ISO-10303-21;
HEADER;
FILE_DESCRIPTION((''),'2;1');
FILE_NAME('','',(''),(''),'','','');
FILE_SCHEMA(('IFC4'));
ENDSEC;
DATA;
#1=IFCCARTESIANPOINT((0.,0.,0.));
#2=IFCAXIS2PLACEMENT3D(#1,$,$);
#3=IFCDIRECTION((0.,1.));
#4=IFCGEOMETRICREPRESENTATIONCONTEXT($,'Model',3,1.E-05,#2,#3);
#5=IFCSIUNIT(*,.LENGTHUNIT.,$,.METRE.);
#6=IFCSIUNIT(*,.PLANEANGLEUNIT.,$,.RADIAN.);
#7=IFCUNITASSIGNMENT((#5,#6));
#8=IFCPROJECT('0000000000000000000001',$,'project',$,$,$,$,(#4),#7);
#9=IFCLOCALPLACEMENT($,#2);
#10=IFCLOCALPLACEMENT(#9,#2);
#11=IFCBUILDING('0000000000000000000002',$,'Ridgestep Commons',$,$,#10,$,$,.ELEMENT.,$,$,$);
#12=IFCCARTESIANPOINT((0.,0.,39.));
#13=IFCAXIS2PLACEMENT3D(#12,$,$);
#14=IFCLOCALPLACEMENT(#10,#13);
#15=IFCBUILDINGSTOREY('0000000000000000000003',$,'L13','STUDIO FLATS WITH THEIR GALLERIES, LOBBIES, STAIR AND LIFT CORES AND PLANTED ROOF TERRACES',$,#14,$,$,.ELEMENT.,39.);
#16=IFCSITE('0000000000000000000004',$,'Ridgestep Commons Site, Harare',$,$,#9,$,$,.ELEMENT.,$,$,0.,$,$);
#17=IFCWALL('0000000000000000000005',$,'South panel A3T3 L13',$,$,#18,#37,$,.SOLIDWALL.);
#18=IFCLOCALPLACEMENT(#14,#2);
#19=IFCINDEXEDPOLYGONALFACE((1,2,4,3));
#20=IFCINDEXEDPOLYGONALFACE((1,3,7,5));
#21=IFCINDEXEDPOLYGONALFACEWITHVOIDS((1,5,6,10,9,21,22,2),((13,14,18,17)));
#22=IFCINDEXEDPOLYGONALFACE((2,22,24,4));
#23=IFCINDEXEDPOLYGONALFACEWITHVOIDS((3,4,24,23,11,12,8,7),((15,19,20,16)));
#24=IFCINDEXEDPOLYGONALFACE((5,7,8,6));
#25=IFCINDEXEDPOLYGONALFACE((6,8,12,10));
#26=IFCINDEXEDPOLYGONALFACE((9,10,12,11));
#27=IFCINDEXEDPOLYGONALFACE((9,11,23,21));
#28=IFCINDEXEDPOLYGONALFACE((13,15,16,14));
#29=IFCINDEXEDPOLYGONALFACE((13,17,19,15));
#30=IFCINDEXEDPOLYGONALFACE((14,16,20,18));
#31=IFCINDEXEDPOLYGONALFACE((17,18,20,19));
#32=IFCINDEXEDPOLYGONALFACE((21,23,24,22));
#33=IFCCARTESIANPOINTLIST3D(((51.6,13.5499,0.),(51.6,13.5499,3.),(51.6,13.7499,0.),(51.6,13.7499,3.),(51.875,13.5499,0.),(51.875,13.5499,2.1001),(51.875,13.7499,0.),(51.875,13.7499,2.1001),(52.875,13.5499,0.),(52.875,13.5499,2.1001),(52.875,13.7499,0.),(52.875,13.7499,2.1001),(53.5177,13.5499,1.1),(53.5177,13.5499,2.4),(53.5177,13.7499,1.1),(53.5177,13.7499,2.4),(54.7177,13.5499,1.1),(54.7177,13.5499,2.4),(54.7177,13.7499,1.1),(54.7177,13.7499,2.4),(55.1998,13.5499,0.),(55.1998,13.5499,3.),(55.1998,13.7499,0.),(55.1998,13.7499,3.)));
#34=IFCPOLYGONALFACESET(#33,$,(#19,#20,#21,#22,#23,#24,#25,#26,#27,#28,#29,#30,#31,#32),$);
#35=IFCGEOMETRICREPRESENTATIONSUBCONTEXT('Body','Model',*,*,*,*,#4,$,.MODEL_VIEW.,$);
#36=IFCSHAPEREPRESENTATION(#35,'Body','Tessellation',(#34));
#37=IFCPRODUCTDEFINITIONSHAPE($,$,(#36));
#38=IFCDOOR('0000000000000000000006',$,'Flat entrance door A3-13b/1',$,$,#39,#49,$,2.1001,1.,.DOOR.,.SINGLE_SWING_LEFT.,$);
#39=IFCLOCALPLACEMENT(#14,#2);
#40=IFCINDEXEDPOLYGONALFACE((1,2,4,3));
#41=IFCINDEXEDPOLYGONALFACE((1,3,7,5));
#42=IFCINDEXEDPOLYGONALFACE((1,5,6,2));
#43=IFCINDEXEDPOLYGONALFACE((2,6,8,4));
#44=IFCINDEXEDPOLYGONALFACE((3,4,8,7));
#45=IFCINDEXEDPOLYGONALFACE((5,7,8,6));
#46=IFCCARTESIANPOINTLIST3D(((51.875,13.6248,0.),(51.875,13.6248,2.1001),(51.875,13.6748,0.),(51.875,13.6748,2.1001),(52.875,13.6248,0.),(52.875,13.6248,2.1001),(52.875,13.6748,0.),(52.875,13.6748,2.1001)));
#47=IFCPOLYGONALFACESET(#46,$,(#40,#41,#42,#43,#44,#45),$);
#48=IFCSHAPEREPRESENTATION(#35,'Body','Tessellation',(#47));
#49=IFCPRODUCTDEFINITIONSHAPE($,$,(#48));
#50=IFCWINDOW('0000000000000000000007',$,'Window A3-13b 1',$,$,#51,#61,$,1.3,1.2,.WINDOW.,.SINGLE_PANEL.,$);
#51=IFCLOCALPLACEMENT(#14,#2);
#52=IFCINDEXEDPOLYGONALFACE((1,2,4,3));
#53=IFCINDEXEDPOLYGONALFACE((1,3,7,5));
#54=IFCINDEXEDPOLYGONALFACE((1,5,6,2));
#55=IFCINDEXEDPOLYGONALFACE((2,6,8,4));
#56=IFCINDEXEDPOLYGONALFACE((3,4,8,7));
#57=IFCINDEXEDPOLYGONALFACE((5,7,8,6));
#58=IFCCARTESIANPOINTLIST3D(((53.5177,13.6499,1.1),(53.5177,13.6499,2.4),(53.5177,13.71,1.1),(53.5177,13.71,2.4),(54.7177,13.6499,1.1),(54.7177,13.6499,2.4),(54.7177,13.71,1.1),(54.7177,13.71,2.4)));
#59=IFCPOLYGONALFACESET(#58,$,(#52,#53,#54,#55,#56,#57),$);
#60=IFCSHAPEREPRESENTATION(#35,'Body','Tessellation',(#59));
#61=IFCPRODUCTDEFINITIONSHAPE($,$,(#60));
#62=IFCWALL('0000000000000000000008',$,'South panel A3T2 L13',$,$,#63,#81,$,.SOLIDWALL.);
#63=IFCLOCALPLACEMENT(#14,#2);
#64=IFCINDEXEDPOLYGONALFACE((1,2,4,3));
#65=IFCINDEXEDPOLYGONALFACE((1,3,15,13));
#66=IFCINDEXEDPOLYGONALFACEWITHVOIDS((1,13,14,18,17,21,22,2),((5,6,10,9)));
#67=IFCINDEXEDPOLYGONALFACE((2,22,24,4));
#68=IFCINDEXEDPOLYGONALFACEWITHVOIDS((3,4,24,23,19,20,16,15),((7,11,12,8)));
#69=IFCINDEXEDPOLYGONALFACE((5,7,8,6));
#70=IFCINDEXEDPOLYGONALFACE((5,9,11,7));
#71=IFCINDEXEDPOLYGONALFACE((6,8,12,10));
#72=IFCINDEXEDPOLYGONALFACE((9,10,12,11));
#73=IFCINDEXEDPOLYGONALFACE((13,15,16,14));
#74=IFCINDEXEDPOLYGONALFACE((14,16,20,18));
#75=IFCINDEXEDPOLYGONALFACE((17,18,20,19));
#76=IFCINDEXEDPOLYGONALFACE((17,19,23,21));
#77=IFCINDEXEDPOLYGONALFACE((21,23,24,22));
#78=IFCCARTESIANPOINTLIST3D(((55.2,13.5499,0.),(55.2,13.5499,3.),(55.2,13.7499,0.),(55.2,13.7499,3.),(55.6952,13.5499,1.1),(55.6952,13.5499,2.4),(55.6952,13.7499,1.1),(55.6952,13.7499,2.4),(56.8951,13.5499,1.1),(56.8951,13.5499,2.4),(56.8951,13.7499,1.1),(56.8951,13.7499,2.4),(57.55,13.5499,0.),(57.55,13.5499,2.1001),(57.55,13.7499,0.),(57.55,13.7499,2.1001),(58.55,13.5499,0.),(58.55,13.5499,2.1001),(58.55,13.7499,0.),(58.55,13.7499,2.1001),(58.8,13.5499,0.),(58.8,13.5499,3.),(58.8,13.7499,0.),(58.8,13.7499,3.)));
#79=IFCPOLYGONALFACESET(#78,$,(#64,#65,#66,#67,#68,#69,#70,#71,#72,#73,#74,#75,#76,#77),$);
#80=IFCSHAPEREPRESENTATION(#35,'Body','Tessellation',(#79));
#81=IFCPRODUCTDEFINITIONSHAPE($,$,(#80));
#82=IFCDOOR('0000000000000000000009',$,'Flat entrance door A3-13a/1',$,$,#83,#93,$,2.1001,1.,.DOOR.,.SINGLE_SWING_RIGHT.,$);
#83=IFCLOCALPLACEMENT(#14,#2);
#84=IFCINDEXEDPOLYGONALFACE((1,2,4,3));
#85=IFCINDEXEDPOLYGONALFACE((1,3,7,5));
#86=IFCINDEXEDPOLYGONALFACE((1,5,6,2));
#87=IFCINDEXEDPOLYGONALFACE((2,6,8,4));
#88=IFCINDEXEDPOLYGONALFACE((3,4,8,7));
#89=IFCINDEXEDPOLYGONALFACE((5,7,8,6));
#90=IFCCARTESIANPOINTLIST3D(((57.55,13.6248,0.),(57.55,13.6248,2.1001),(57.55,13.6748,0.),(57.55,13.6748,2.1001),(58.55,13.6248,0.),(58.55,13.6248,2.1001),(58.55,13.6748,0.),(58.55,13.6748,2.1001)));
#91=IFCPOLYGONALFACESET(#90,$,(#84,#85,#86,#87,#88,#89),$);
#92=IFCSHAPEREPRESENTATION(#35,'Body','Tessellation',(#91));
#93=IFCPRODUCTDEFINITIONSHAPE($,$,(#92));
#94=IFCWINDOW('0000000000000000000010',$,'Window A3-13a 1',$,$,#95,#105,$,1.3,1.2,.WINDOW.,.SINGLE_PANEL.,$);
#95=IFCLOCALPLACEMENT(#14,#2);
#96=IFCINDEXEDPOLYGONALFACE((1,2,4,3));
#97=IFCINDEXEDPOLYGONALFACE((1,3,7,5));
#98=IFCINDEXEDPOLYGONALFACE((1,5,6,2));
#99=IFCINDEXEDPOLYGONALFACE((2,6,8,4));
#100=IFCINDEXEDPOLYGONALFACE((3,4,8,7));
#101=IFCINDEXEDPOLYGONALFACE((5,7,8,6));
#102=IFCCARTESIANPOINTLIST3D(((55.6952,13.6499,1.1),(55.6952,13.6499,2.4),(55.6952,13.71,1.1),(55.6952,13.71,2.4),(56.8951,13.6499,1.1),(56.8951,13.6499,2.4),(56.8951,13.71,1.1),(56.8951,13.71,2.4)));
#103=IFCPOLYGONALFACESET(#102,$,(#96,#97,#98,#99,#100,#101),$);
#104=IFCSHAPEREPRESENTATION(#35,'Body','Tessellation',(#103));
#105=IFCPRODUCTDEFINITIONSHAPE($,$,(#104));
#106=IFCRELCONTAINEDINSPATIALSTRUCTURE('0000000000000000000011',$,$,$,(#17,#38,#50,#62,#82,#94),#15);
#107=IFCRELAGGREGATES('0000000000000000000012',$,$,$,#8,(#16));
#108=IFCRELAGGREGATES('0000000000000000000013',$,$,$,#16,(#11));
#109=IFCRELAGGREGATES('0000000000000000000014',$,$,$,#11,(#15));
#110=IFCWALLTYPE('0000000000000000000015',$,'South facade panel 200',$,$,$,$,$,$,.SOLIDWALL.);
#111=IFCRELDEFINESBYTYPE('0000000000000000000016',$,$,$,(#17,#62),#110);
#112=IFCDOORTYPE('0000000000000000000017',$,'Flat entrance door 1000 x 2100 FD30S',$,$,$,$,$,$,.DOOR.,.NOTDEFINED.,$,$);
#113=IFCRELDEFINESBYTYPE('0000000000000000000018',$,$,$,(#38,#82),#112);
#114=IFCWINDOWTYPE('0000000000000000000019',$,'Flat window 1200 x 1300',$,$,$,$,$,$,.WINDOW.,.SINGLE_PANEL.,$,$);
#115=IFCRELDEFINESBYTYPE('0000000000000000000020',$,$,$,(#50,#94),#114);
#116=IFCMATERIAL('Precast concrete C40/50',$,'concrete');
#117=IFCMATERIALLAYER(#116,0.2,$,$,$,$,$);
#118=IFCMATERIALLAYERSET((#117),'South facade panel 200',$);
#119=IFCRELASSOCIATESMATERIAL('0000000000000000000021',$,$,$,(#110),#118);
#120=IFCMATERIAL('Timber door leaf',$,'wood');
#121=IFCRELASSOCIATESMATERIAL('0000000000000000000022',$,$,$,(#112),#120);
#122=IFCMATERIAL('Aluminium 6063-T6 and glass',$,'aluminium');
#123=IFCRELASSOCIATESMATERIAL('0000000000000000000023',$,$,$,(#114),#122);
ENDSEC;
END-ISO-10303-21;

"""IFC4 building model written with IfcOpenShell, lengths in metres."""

from ifc_helpers import new_model, si_unit, direction, frame, frame_2d, origin, place, context, subcontext, project, spatial, rectangle, extrude, material, layer, layer_set, type_object, element, fill, save


model = new_model("IFC4")

# Units and contexts
model_context = context("Model", 3, precision=1e-05, world=origin(), true_north=direction((0.0, 1.0)))
body_context = subcontext(model_context, "Body", "Model", "MODEL_VIEW")
ifc_project = project(units=[si_unit("LENGTHUNIT", "METRE"), si_unit("PLANEANGLEUNIT", "RADIAN")], contexts=[model_context])

# Site, building, storey
site_placement = place(None, origin())
site = spatial("IfcSite", under=ifc_project, at=site_placement, Name="Ridgestep Commons Site, Harare", CompositionType="ELEMENT", RefElevation=0.0)
building_placement = place(site_placement, origin())
building = spatial("IfcBuilding", under=site, at=building_placement, Name="Ridgestep Commons", CompositionType="ELEMENT")
storey_placement = place(building_placement, frame((0.0, 0.0, 39.0)))
storey = spatial("IfcBuildingStorey", under=building, at=storey_placement, Name="L13", Description="STUDIO FLATS WITH THEIR GALLERIES, LOBBIES, STAIR AND LIFT CORES AND PLANTED ROOF TERRACES", CompositionType="ELEMENT", Elevation=39.0)

# Walls, openings, doors, windows
ifc_material_1 = material(Name="Precast concrete C40/50", Category="concrete")
ifc_layer_1 = layer(ifc_material_1, 0.2)
ifc_layer_set_1 = layer_set([ifc_layer_1], Name="South facade panel 200")
wall_type_1 = type_object("IfcWallType", Name="South facade panel 200", PredefinedType="SOLIDWALL", material=ifc_layer_set_1)
wall_1_placement = place(storey_placement, frame((51.6001, 13.6499, 0.0), z_axis=(0.0, 0.0, 1.0), x_axis=(1.0, 0.0, 0.0)))
wall_1 = element("IfcWall", 1, at=wall_1_placement, inside=storey, type_object=wall_type_1, Name="South panel A3T3 L13", PredefinedType="SOLIDWALL", context=body_context, shape_type="SweptSolid", body=[
    extrude(rectangle(XDim=3.5999, YDim=0.2, at=frame_2d((1.7998, 0.0))), origin(), (0.0, 0.0, 1.0), 3.0),
])
opening_1_placement = place(wall_1_placement, frame((1.9175, 0.0, 1.1001)))
opening_1 = element("IfcOpeningElement", 2, at=opening_1_placement, cuts=wall_1, PredefinedType="OPENING", context=body_context, shape_type="SweptSolid", body=[
    extrude(rectangle(XDim=1.2, YDim=1.3, at=frame_2d((0.6001, 0.6499))), frame((0.0, 0.1099, 0.0), z_axis=(0.0, -1.0, 0.0), x_axis=(1.0, 0.0, 0.0)), (0.0, 0.0, 1.0), 0.22),
])
opening_2_placement = place(wall_1_placement, frame((0.2749, 0.0, 0.0)))
opening_2 = element("IfcOpeningElement", 3, at=opening_2_placement, cuts=wall_1, PredefinedType="OPENING", context=body_context, shape_type="SweptSolid", body=[
    extrude(rectangle(XDim=1.0, YDim=2.1001, at=frame_2d((0.5, 1.05))), frame((0.0, 0.1099, 0.0), z_axis=(0.0, -1.0, 0.0), x_axis=(1.0, 0.0, 0.0)), (0.0, 0.0, 1.0), 0.22),
])
ifc_material_2 = material(Name="Timber door leaf", Category="wood")
door_type_1 = type_object("IfcDoorType", Name="Flat entrance door 1000 x 2100 FD30S", OperationType="NOTDEFINED", PredefinedType="DOOR", material=ifc_material_2)
door_1_placement = place(opening_2_placement, origin())
door_1 = element("IfcDoor", 4, at=door_1_placement, inside=storey, type_object=door_type_1, Name="Flat entrance door A3-13b/1", OperationType="SINGLE_SWING_LEFT", OverallHeight=2.1001, OverallWidth=1.0, PredefinedType="DOOR", context=body_context, shape_type="SweptSolid", body=[
    extrude(rectangle(XDim=1.0, YDim=2.1001, at=frame_2d((0.5, 1.05))), frame((0.0, 0.0249, 0.0), z_axis=(0.0, -1.0, 0.0), x_axis=(1.0, 0.0, 0.0)), (0.0, 0.0, 1.0), 0.05),
])
fill(opening_2, door_1)
ifc_material_3 = material(Name="Aluminium 6063-T6 and glass", Category="aluminium")
window_type = type_object("IfcWindowType", Name="Flat window 1200 x 1300", PartitioningType="SINGLE_PANEL", PredefinedType="WINDOW", material=ifc_material_3)
window_1_placement = place(opening_1_placement, origin())
window_1 = element("IfcWindow", 5, at=window_1_placement, inside=storey, type_object=window_type, Name="Window A3-13b 1", OverallHeight=1.3, OverallWidth=1.2, PartitioningType="SINGLE_PANEL", PredefinedType="WINDOW", context=body_context, shape_type="SweptSolid", body=[
    extrude(rectangle(XDim=1.2, YDim=1.3, at=frame_2d((0.6001, 0.6499))), frame((0.0, 0.0601, 0.0), z_axis=(0.0, -1.0, 0.0), x_axis=(1.0, 0.0, 0.0)), (0.0, 0.0, 1.0), 0.0601),
])
fill(opening_1, window_1)
wall_2_placement = place(storey_placement, frame((55.2, 13.6499, 0.0), z_axis=(0.0, 0.0, 1.0), x_axis=(1.0, 0.0, 0.0)))
wall_2 = element("IfcWall", 6, at=wall_2_placement, inside=storey, type_object=wall_type_1, Name="South panel A3T2 L13", PredefinedType="SOLIDWALL", context=body_context, shape_type="SweptSolid", body=[
    extrude(rectangle(XDim=3.6001, YDim=0.2, at=frame_2d((1.8, 0.0))), origin(), (0.0, 0.0, 1.0), 3.0),
])
opening_3_placement = place(wall_2_placement, frame((0.4951, 0.0, 1.1001)))
opening_3 = element("IfcOpeningElement", 7, at=opening_3_placement, cuts=wall_2, PredefinedType="OPENING", context=body_context, shape_type="SweptSolid", body=[
    extrude(rectangle(XDim=1.2, YDim=1.3, at=frame_2d((0.6001, 0.6499))), frame((0.0, 0.1099, 0.0), z_axis=(0.0, -1.0, 0.0), x_axis=(1.0, 0.0, 0.0)), (0.0, 0.0, 1.0), 0.22),
])
opening_4_placement = place(wall_2_placement, frame((2.3501, 0.0, 0.0)))
opening_4 = element("IfcOpeningElement", 8, at=opening_4_placement, cuts=wall_2, PredefinedType="OPENING", context=body_context, shape_type="SweptSolid", body=[
    extrude(rectangle(XDim=1.0, YDim=2.1001, at=frame_2d((0.5, 1.05))), frame((0.0, 0.1099, 0.0), z_axis=(0.0, -1.0, 0.0), x_axis=(1.0, 0.0, 0.0)), (0.0, 0.0, 1.0), 0.22),
])
door_2_placement = place(opening_4_placement, origin())
door_2 = element("IfcDoor", 9, at=door_2_placement, inside=storey, type_object=door_type_1, Name="Flat entrance door A3-13a/1", OperationType="SINGLE_SWING_RIGHT", OverallHeight=2.1001, OverallWidth=1.0, PredefinedType="DOOR", context=body_context, shape_type="SweptSolid", body=[
    extrude(rectangle(XDim=1.0, YDim=2.1001, at=frame_2d((0.5, 1.05))), frame((0.0, 0.0249, 0.0), z_axis=(0.0, -1.0, 0.0), x_axis=(1.0, 0.0, 0.0)), (0.0, 0.0, 1.0), 0.05),
])
fill(opening_4, door_2)
window_2_placement = place(opening_3_placement, origin())
window_2 = element("IfcWindow", 10, at=window_2_placement, inside=storey, type_object=window_type, Name="Window A3-13a 1", OverallHeight=1.3, OverallWidth=1.2, PartitioningType="SINGLE_PANEL", PredefinedType="WINDOW", context=body_context, shape_type="SweptSolid", body=[
    extrude(rectangle(XDim=1.2, YDim=1.3, at=frame_2d((0.6001, 0.6499))), frame((0.0, 0.0601, 0.0), z_axis=(0.0, -1.0, 0.0), x_axis=(1.0, 0.0, 0.0)), (0.0, 0.0, 1.0), 0.0601),
])
fill(opening_3, window_2)

save(model, "model.ifc")
